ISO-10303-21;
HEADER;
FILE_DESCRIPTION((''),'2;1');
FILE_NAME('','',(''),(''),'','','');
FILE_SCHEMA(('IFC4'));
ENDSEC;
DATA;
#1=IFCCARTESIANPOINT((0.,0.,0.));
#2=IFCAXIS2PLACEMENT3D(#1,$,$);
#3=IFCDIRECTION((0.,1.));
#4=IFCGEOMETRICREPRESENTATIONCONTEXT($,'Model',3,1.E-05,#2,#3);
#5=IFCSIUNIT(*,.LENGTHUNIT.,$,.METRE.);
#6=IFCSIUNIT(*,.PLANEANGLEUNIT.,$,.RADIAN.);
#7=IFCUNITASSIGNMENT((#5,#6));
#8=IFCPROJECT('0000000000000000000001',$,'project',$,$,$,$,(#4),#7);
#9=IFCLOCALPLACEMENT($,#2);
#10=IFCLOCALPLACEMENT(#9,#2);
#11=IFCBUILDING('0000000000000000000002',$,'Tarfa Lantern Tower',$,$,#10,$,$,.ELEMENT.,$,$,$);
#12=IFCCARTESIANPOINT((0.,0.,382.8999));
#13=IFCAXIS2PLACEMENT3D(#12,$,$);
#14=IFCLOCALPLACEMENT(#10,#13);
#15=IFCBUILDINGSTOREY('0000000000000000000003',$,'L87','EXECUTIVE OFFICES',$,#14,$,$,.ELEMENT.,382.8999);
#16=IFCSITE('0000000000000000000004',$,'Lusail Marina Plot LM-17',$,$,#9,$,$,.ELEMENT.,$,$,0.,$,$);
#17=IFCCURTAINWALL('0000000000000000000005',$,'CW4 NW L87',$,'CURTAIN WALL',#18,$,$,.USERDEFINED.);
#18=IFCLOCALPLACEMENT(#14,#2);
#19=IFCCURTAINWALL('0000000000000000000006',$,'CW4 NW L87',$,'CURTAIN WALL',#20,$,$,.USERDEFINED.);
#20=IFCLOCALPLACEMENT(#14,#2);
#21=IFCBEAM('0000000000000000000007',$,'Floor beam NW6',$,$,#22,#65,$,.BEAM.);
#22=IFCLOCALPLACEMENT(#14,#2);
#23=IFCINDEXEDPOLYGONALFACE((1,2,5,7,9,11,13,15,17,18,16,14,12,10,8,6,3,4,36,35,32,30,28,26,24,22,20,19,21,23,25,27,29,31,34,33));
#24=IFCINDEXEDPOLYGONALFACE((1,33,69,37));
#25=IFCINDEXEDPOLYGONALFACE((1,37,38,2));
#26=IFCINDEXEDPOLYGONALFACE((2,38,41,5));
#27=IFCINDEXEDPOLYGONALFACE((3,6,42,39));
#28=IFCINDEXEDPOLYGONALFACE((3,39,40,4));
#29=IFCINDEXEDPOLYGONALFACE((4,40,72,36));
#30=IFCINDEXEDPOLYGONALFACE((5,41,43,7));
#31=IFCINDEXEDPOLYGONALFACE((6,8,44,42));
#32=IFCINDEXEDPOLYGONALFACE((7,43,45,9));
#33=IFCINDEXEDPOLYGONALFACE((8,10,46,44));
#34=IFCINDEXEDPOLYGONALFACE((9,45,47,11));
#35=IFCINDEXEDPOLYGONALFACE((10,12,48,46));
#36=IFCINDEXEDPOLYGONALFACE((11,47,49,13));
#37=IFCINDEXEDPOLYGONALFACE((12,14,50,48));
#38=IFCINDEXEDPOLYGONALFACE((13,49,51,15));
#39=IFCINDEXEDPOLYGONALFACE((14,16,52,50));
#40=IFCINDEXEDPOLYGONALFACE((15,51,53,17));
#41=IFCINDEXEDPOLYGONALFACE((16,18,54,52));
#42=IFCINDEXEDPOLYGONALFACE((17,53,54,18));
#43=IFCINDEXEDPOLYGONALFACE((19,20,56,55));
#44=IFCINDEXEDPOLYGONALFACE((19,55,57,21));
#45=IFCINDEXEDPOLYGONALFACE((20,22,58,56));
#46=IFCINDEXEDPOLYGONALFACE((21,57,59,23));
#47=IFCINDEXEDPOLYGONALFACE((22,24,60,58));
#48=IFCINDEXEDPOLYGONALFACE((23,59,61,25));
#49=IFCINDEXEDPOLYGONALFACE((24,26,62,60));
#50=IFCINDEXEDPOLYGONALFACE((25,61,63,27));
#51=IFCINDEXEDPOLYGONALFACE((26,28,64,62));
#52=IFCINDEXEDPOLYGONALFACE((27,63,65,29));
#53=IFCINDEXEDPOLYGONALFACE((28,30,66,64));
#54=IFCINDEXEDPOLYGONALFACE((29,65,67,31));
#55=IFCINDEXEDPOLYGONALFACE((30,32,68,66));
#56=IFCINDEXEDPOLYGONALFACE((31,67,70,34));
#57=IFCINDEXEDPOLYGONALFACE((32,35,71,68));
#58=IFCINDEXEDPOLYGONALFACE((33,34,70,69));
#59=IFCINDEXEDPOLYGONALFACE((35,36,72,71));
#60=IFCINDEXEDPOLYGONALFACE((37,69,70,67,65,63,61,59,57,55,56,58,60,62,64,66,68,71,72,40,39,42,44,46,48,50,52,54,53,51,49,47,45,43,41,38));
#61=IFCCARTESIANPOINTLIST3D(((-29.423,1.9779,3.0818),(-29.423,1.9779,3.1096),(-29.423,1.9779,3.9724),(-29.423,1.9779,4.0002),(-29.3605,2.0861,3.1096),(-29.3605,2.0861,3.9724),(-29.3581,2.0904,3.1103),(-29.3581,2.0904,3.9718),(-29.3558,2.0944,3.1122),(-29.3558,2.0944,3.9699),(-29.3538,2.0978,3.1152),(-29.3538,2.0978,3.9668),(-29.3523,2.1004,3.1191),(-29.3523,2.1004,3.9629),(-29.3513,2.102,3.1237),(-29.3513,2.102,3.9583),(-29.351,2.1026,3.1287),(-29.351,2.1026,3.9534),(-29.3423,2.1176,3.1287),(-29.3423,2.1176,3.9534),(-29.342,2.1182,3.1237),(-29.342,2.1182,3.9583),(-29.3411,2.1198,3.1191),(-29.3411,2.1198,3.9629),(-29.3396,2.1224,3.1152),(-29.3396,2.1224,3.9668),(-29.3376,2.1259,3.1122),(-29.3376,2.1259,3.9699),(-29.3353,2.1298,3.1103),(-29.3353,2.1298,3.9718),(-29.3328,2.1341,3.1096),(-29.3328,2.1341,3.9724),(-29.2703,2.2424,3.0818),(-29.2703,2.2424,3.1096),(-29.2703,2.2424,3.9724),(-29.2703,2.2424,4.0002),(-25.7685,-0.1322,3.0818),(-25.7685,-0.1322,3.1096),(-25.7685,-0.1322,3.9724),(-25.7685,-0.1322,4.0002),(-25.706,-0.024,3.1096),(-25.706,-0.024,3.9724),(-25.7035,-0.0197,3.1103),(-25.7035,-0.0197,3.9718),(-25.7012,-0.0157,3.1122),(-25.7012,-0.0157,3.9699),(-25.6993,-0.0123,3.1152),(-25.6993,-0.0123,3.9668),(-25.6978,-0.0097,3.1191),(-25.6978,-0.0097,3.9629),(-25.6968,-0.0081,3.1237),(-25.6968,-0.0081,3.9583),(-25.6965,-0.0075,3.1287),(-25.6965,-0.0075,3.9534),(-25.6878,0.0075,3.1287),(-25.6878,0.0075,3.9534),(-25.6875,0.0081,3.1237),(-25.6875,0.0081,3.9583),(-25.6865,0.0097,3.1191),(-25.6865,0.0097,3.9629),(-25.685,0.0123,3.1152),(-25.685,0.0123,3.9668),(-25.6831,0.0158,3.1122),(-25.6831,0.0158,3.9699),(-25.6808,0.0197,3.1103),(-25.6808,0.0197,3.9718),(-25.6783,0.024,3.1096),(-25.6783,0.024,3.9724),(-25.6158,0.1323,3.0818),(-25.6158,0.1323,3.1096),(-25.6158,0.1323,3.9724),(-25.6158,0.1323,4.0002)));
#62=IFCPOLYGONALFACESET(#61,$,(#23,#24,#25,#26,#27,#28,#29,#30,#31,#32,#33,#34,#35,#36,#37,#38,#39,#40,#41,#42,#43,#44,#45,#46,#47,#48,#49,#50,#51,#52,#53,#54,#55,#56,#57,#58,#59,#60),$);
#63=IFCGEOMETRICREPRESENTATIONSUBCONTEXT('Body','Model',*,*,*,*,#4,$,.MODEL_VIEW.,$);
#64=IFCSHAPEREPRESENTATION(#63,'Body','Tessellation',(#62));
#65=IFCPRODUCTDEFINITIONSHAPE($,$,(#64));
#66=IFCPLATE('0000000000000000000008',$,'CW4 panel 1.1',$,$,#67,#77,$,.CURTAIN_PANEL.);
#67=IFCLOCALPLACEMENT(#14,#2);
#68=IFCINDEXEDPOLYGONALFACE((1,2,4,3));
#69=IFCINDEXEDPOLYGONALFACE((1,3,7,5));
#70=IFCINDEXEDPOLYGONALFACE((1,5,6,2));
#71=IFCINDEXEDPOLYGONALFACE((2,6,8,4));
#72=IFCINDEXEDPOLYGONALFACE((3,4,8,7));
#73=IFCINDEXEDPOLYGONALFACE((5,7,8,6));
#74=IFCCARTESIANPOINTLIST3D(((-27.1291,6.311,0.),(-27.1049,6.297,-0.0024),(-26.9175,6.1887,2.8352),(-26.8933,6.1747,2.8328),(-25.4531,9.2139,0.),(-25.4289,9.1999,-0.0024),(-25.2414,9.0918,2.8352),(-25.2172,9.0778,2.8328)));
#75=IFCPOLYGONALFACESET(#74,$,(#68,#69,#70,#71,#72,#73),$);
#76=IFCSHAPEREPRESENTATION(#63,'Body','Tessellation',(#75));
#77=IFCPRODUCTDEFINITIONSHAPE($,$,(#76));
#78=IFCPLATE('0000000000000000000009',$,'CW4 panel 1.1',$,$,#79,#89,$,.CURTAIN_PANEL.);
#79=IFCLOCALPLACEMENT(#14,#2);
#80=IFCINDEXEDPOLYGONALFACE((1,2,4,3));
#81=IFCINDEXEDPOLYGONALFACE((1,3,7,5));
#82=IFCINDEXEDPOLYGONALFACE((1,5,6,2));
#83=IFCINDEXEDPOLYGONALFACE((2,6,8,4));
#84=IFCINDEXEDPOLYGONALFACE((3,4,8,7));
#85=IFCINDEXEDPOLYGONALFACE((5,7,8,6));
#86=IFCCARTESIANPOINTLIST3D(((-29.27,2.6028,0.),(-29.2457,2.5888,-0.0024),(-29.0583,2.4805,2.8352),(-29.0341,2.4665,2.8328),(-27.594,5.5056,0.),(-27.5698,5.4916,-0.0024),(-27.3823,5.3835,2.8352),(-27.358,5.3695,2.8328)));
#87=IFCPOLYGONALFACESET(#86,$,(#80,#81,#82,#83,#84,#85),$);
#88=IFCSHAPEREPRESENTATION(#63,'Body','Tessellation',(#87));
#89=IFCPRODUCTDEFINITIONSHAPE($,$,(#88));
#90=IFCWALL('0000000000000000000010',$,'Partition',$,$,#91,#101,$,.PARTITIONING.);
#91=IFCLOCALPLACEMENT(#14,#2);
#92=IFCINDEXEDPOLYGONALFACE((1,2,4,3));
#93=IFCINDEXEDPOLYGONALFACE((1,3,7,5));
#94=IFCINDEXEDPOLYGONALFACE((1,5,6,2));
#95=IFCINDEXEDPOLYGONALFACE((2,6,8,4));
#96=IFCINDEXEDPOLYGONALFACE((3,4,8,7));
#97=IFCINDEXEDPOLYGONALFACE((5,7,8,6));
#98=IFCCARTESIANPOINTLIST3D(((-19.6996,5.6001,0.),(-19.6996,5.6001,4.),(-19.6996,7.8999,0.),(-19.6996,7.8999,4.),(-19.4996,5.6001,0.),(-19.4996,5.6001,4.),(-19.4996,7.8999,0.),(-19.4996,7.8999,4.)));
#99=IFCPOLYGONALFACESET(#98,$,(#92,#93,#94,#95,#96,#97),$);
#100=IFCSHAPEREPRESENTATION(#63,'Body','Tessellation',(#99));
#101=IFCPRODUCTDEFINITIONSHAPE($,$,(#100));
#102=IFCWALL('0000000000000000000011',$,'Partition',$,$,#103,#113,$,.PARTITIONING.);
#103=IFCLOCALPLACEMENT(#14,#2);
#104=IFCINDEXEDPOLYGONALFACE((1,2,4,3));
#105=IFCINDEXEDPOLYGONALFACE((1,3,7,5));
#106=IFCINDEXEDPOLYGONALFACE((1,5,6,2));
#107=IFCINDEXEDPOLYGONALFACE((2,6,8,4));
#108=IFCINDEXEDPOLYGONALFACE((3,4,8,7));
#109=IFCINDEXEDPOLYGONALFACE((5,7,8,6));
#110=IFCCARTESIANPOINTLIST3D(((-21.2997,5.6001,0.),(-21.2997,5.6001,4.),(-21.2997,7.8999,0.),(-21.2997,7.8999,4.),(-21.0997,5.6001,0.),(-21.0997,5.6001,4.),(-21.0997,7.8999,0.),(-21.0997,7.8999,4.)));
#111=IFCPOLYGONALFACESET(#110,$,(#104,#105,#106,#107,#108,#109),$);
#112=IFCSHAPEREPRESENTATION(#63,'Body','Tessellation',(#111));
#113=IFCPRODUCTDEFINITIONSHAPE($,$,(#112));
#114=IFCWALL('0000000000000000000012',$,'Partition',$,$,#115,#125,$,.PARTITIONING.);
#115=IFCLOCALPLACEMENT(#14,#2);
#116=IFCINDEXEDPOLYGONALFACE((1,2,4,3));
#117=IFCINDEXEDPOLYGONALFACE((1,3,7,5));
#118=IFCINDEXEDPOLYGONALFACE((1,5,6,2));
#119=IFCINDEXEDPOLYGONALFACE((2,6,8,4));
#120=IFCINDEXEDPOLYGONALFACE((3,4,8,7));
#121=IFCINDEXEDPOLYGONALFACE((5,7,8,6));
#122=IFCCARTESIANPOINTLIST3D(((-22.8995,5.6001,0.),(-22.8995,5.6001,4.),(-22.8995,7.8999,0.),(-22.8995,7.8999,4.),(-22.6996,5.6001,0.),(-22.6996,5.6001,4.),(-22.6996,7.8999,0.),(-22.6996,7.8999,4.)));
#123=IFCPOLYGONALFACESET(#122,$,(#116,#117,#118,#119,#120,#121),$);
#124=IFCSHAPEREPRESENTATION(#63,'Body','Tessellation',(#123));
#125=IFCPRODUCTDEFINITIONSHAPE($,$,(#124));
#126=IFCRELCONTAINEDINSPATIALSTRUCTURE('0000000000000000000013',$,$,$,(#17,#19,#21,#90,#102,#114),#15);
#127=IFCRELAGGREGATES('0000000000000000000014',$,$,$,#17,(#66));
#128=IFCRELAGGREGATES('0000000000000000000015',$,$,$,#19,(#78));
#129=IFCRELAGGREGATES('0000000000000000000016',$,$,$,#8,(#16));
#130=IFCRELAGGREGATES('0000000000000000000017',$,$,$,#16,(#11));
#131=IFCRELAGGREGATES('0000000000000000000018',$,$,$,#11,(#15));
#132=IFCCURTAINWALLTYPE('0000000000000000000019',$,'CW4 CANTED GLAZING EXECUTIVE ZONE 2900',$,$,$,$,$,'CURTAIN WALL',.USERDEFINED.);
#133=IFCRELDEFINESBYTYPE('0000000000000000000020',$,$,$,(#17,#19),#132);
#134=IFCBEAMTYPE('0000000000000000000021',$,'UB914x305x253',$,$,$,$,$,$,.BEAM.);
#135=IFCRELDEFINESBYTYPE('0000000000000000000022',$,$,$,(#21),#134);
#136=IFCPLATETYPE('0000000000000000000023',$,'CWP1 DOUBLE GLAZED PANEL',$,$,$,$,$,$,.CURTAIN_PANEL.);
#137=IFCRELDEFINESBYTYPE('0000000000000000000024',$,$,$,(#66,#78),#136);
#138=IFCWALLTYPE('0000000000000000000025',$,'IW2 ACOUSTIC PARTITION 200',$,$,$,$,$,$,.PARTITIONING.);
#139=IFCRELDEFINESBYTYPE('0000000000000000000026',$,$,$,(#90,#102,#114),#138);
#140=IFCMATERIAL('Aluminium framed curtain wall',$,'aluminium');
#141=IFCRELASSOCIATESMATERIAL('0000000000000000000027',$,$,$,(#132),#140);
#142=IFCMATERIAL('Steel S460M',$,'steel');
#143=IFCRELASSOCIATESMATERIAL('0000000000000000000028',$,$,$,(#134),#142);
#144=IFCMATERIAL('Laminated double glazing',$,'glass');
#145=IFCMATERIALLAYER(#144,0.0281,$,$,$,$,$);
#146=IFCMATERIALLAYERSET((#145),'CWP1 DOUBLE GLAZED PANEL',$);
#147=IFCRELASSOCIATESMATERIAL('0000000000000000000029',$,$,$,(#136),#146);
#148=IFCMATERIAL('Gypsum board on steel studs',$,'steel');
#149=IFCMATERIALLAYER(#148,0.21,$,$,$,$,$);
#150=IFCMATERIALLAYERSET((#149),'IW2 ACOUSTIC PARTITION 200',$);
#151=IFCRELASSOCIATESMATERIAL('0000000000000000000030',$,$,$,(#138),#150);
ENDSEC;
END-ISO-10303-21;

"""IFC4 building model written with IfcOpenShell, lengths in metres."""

from ifc_helpers import new_model, si_unit, direction, frame, frame_2d, origin, origin_2d, place, context, subcontext, project, spatial, polyline, rectangle, i_section, outline, extrude, material, layer, layer_set, material_profile, profile_set, type_object, element, aggregate, save


model = new_model("IFC4")

# Units and contexts
model_context = context("Model", 3, precision=1e-05, world=origin(), true_north=direction((0.0, 1.0)))
body_context = subcontext(model_context, "Body", "Model", "MODEL_VIEW")
ifc_project = project(units=[si_unit("LENGTHUNIT", "METRE"), si_unit("PLANEANGLEUNIT", "RADIAN")], contexts=[model_context])

# Site, building, storey
site_placement = place(None, origin())
site = spatial("IfcSite", under=ifc_project, at=site_placement, Name="Lusail Marina Plot LM-17", CompositionType="ELEMENT", RefElevation=0.0)
building_placement = place(site_placement, origin())
building = spatial("IfcBuilding", under=site, at=building_placement, Name="Tarfa Lantern Tower", CompositionType="ELEMENT")
storey_placement = place(building_placement, frame((0.0, 0.0, 382.8999)))
storey = spatial("IfcBuildingStorey", under=building, at=storey_placement, Name="L87", Description="EXECUTIVE OFFICES", CompositionType="ELEMENT", Elevation=382.8999)

# Shared definitions
ifc_material_1 = material(Name="Aluminium framed curtain wall", Category="aluminium")
curtain_wall_type = type_object("IfcCurtainWallType", Name="CW4 CANTED GLAZING EXECUTIVE ZONE 2900", ElementType="CURTAIN WALL", PredefinedType="USERDEFINED", material=ifc_material_1)

# Curtain walls
curtain_wall_1_placement = place(storey_placement, origin())
curtain_wall_1 = element("IfcCurtainWall", 1, at=curtain_wall_1_placement, inside=storey, type_object=curtain_wall_type, Name="CW4 NW L87", ObjectType="CURTAIN WALL", PredefinedType="USERDEFINED")
curtain_wall_2_placement = place(storey_placement, origin())
curtain_wall_2 = element("IfcCurtainWall", 2, at=curtain_wall_2_placement, inside=storey, type_object=curtain_wall_type, Name="CW4 NW L87", ObjectType="CURTAIN WALL", PredefinedType="USERDEFINED")

# Beam
ifc_material_2 = material(Name="Steel S460M", Category="steel")
ifc_material_profile_1 = material_profile(ifc_material_2, i_section(OverallWidth=0.3054, OverallDepth=0.9185, WebThickness=0.0173, FlangeThickness=0.0278, FilletRadius=0.019, at=origin_2d()), Name="UB914x305x253")
ifc_profile_set_1 = profile_set([ifc_material_profile_1], Name="Steel S460M")
beam_type_1 = type_object("IfcBeamType", Name="UB914x305x253", PredefinedType="BEAM", material=ifc_profile_set_1)
beam_1_placement = place(storey_placement, frame((-29.3467, 2.1101, 3.541), z_axis=(0.866009, -0.500028, 0.0), x_axis=(0.500028, 0.866009, 0.0)))
element("IfcBeam", 3, at=beam_1_placement, inside=storey, type_object=beam_type_1, Name="Floor beam NW6", PredefinedType="BEAM", context=body_context, shape_type="SweptSolid", body=[
    extrude(i_section(OverallWidth=0.3054, OverallDepth=0.9185, WebThickness=0.0173, FlangeThickness=0.0278, FilletRadius=0.019, at=origin_2d()), origin(), (0.0, 0.0, 1.0), 4.22),
])

# Plates
ifc_material_3 = material(Name="Laminated double glazing", Category="glass")
ifc_layer_1 = layer(ifc_material_3, 0.0281)
ifc_layer_set_1 = layer_set([ifc_layer_1], Name="CWP1 DOUBLE GLAZED PANEL")
plate_type = type_object("IfcPlateType", Name="CWP1 DOUBLE GLAZED PANEL", PredefinedType="CURTAIN_PANEL", material=ifc_layer_set_1)
plate_1_placement = place(storey_placement, frame((-25.4531, 9.2139, 0.0), z_axis=(-0.862825, 0.498153, 0.085886), x_axis=(-0.500001, -0.866025, -0.000002)))
plate_1 = element("IfcPlate", 4, at=plate_1_placement, type_object=plate_type, Name="CW4 panel 1.1", PredefinedType="CURTAIN_PANEL", context=body_context, shape_type="SweptSolid", body=[
    extrude(outline(polyline([(0.0, 0.0), (3.3519, 0.0), (3.352, 2.8457), (-0.0001, 2.8457), (0.0, 0.0)])), origin(), (0.0, 0.0, -1.0), 0.0281),
])
aggregate(curtain_wall_1, [plate_1])
plate_2_placement = place(storey_placement, frame((-27.594, 5.5056, 0.0), z_axis=(-0.862825, 0.498153, 0.085886), x_axis=(-0.500001, -0.866025, -0.000002)))
plate_2 = element("IfcPlate", 5, at=plate_2_placement, type_object=plate_type, Name="CW4 panel 1.1", PredefinedType="CURTAIN_PANEL", context=body_context, shape_type="SweptSolid", body=[
    extrude(outline(polyline([(0.0, 0.0), (3.3519, 0.0), (3.352, 2.8457), (-0.0001, 2.8457), (0.0, 0.0)])), origin(), (0.0, 0.0, -1.0), 0.0281),
])
aggregate(curtain_wall_2, [plate_2])

# Walls
ifc_material_4 = material(Name="Gypsum board on steel studs", Category="steel")
ifc_layer_2 = layer(ifc_material_4, 0.21)
ifc_layer_set_2 = layer_set([ifc_layer_2], Name="IW2 ACOUSTIC PARTITION 200")
wall_type = type_object("IfcWallType", Name="IW2 ACOUSTIC PARTITION 200", PredefinedType="PARTITIONING", material=ifc_layer_set_2)
for number, where, z_axis, x_axis, name in (
    (6, (-19.5996, 7.8999, 0.0), (0.0, 0.0, 1.0), (0.0, -1.0, 0.0), "Partition"),
    (7, (-21.1997, 7.8999, 0.0), (0.0, 0.0, 1.0), (0.0, -1.0, 0.0), "Partition"),
    (8, (-22.7996, 7.8999, 0.0), (0.0, 0.0, 1.0), (0.0, -1.0, 0.0), "Partition"),
):
    element("IfcWall", number, at=place(storey_placement, frame(where, z_axis=z_axis, x_axis=x_axis)), inside=storey, type_object=wall_type, Name=name, PredefinedType="PARTITIONING", context=body_context, shape_type="SweptSolid", body=[
        extrude(rectangle(XDim=2.2998, YDim=0.2, at=frame_2d((1.1499, 0.0))), origin(), (0.0, 0.0, 1.0), 4.0),
    ])

save(model, "model.ifc")
